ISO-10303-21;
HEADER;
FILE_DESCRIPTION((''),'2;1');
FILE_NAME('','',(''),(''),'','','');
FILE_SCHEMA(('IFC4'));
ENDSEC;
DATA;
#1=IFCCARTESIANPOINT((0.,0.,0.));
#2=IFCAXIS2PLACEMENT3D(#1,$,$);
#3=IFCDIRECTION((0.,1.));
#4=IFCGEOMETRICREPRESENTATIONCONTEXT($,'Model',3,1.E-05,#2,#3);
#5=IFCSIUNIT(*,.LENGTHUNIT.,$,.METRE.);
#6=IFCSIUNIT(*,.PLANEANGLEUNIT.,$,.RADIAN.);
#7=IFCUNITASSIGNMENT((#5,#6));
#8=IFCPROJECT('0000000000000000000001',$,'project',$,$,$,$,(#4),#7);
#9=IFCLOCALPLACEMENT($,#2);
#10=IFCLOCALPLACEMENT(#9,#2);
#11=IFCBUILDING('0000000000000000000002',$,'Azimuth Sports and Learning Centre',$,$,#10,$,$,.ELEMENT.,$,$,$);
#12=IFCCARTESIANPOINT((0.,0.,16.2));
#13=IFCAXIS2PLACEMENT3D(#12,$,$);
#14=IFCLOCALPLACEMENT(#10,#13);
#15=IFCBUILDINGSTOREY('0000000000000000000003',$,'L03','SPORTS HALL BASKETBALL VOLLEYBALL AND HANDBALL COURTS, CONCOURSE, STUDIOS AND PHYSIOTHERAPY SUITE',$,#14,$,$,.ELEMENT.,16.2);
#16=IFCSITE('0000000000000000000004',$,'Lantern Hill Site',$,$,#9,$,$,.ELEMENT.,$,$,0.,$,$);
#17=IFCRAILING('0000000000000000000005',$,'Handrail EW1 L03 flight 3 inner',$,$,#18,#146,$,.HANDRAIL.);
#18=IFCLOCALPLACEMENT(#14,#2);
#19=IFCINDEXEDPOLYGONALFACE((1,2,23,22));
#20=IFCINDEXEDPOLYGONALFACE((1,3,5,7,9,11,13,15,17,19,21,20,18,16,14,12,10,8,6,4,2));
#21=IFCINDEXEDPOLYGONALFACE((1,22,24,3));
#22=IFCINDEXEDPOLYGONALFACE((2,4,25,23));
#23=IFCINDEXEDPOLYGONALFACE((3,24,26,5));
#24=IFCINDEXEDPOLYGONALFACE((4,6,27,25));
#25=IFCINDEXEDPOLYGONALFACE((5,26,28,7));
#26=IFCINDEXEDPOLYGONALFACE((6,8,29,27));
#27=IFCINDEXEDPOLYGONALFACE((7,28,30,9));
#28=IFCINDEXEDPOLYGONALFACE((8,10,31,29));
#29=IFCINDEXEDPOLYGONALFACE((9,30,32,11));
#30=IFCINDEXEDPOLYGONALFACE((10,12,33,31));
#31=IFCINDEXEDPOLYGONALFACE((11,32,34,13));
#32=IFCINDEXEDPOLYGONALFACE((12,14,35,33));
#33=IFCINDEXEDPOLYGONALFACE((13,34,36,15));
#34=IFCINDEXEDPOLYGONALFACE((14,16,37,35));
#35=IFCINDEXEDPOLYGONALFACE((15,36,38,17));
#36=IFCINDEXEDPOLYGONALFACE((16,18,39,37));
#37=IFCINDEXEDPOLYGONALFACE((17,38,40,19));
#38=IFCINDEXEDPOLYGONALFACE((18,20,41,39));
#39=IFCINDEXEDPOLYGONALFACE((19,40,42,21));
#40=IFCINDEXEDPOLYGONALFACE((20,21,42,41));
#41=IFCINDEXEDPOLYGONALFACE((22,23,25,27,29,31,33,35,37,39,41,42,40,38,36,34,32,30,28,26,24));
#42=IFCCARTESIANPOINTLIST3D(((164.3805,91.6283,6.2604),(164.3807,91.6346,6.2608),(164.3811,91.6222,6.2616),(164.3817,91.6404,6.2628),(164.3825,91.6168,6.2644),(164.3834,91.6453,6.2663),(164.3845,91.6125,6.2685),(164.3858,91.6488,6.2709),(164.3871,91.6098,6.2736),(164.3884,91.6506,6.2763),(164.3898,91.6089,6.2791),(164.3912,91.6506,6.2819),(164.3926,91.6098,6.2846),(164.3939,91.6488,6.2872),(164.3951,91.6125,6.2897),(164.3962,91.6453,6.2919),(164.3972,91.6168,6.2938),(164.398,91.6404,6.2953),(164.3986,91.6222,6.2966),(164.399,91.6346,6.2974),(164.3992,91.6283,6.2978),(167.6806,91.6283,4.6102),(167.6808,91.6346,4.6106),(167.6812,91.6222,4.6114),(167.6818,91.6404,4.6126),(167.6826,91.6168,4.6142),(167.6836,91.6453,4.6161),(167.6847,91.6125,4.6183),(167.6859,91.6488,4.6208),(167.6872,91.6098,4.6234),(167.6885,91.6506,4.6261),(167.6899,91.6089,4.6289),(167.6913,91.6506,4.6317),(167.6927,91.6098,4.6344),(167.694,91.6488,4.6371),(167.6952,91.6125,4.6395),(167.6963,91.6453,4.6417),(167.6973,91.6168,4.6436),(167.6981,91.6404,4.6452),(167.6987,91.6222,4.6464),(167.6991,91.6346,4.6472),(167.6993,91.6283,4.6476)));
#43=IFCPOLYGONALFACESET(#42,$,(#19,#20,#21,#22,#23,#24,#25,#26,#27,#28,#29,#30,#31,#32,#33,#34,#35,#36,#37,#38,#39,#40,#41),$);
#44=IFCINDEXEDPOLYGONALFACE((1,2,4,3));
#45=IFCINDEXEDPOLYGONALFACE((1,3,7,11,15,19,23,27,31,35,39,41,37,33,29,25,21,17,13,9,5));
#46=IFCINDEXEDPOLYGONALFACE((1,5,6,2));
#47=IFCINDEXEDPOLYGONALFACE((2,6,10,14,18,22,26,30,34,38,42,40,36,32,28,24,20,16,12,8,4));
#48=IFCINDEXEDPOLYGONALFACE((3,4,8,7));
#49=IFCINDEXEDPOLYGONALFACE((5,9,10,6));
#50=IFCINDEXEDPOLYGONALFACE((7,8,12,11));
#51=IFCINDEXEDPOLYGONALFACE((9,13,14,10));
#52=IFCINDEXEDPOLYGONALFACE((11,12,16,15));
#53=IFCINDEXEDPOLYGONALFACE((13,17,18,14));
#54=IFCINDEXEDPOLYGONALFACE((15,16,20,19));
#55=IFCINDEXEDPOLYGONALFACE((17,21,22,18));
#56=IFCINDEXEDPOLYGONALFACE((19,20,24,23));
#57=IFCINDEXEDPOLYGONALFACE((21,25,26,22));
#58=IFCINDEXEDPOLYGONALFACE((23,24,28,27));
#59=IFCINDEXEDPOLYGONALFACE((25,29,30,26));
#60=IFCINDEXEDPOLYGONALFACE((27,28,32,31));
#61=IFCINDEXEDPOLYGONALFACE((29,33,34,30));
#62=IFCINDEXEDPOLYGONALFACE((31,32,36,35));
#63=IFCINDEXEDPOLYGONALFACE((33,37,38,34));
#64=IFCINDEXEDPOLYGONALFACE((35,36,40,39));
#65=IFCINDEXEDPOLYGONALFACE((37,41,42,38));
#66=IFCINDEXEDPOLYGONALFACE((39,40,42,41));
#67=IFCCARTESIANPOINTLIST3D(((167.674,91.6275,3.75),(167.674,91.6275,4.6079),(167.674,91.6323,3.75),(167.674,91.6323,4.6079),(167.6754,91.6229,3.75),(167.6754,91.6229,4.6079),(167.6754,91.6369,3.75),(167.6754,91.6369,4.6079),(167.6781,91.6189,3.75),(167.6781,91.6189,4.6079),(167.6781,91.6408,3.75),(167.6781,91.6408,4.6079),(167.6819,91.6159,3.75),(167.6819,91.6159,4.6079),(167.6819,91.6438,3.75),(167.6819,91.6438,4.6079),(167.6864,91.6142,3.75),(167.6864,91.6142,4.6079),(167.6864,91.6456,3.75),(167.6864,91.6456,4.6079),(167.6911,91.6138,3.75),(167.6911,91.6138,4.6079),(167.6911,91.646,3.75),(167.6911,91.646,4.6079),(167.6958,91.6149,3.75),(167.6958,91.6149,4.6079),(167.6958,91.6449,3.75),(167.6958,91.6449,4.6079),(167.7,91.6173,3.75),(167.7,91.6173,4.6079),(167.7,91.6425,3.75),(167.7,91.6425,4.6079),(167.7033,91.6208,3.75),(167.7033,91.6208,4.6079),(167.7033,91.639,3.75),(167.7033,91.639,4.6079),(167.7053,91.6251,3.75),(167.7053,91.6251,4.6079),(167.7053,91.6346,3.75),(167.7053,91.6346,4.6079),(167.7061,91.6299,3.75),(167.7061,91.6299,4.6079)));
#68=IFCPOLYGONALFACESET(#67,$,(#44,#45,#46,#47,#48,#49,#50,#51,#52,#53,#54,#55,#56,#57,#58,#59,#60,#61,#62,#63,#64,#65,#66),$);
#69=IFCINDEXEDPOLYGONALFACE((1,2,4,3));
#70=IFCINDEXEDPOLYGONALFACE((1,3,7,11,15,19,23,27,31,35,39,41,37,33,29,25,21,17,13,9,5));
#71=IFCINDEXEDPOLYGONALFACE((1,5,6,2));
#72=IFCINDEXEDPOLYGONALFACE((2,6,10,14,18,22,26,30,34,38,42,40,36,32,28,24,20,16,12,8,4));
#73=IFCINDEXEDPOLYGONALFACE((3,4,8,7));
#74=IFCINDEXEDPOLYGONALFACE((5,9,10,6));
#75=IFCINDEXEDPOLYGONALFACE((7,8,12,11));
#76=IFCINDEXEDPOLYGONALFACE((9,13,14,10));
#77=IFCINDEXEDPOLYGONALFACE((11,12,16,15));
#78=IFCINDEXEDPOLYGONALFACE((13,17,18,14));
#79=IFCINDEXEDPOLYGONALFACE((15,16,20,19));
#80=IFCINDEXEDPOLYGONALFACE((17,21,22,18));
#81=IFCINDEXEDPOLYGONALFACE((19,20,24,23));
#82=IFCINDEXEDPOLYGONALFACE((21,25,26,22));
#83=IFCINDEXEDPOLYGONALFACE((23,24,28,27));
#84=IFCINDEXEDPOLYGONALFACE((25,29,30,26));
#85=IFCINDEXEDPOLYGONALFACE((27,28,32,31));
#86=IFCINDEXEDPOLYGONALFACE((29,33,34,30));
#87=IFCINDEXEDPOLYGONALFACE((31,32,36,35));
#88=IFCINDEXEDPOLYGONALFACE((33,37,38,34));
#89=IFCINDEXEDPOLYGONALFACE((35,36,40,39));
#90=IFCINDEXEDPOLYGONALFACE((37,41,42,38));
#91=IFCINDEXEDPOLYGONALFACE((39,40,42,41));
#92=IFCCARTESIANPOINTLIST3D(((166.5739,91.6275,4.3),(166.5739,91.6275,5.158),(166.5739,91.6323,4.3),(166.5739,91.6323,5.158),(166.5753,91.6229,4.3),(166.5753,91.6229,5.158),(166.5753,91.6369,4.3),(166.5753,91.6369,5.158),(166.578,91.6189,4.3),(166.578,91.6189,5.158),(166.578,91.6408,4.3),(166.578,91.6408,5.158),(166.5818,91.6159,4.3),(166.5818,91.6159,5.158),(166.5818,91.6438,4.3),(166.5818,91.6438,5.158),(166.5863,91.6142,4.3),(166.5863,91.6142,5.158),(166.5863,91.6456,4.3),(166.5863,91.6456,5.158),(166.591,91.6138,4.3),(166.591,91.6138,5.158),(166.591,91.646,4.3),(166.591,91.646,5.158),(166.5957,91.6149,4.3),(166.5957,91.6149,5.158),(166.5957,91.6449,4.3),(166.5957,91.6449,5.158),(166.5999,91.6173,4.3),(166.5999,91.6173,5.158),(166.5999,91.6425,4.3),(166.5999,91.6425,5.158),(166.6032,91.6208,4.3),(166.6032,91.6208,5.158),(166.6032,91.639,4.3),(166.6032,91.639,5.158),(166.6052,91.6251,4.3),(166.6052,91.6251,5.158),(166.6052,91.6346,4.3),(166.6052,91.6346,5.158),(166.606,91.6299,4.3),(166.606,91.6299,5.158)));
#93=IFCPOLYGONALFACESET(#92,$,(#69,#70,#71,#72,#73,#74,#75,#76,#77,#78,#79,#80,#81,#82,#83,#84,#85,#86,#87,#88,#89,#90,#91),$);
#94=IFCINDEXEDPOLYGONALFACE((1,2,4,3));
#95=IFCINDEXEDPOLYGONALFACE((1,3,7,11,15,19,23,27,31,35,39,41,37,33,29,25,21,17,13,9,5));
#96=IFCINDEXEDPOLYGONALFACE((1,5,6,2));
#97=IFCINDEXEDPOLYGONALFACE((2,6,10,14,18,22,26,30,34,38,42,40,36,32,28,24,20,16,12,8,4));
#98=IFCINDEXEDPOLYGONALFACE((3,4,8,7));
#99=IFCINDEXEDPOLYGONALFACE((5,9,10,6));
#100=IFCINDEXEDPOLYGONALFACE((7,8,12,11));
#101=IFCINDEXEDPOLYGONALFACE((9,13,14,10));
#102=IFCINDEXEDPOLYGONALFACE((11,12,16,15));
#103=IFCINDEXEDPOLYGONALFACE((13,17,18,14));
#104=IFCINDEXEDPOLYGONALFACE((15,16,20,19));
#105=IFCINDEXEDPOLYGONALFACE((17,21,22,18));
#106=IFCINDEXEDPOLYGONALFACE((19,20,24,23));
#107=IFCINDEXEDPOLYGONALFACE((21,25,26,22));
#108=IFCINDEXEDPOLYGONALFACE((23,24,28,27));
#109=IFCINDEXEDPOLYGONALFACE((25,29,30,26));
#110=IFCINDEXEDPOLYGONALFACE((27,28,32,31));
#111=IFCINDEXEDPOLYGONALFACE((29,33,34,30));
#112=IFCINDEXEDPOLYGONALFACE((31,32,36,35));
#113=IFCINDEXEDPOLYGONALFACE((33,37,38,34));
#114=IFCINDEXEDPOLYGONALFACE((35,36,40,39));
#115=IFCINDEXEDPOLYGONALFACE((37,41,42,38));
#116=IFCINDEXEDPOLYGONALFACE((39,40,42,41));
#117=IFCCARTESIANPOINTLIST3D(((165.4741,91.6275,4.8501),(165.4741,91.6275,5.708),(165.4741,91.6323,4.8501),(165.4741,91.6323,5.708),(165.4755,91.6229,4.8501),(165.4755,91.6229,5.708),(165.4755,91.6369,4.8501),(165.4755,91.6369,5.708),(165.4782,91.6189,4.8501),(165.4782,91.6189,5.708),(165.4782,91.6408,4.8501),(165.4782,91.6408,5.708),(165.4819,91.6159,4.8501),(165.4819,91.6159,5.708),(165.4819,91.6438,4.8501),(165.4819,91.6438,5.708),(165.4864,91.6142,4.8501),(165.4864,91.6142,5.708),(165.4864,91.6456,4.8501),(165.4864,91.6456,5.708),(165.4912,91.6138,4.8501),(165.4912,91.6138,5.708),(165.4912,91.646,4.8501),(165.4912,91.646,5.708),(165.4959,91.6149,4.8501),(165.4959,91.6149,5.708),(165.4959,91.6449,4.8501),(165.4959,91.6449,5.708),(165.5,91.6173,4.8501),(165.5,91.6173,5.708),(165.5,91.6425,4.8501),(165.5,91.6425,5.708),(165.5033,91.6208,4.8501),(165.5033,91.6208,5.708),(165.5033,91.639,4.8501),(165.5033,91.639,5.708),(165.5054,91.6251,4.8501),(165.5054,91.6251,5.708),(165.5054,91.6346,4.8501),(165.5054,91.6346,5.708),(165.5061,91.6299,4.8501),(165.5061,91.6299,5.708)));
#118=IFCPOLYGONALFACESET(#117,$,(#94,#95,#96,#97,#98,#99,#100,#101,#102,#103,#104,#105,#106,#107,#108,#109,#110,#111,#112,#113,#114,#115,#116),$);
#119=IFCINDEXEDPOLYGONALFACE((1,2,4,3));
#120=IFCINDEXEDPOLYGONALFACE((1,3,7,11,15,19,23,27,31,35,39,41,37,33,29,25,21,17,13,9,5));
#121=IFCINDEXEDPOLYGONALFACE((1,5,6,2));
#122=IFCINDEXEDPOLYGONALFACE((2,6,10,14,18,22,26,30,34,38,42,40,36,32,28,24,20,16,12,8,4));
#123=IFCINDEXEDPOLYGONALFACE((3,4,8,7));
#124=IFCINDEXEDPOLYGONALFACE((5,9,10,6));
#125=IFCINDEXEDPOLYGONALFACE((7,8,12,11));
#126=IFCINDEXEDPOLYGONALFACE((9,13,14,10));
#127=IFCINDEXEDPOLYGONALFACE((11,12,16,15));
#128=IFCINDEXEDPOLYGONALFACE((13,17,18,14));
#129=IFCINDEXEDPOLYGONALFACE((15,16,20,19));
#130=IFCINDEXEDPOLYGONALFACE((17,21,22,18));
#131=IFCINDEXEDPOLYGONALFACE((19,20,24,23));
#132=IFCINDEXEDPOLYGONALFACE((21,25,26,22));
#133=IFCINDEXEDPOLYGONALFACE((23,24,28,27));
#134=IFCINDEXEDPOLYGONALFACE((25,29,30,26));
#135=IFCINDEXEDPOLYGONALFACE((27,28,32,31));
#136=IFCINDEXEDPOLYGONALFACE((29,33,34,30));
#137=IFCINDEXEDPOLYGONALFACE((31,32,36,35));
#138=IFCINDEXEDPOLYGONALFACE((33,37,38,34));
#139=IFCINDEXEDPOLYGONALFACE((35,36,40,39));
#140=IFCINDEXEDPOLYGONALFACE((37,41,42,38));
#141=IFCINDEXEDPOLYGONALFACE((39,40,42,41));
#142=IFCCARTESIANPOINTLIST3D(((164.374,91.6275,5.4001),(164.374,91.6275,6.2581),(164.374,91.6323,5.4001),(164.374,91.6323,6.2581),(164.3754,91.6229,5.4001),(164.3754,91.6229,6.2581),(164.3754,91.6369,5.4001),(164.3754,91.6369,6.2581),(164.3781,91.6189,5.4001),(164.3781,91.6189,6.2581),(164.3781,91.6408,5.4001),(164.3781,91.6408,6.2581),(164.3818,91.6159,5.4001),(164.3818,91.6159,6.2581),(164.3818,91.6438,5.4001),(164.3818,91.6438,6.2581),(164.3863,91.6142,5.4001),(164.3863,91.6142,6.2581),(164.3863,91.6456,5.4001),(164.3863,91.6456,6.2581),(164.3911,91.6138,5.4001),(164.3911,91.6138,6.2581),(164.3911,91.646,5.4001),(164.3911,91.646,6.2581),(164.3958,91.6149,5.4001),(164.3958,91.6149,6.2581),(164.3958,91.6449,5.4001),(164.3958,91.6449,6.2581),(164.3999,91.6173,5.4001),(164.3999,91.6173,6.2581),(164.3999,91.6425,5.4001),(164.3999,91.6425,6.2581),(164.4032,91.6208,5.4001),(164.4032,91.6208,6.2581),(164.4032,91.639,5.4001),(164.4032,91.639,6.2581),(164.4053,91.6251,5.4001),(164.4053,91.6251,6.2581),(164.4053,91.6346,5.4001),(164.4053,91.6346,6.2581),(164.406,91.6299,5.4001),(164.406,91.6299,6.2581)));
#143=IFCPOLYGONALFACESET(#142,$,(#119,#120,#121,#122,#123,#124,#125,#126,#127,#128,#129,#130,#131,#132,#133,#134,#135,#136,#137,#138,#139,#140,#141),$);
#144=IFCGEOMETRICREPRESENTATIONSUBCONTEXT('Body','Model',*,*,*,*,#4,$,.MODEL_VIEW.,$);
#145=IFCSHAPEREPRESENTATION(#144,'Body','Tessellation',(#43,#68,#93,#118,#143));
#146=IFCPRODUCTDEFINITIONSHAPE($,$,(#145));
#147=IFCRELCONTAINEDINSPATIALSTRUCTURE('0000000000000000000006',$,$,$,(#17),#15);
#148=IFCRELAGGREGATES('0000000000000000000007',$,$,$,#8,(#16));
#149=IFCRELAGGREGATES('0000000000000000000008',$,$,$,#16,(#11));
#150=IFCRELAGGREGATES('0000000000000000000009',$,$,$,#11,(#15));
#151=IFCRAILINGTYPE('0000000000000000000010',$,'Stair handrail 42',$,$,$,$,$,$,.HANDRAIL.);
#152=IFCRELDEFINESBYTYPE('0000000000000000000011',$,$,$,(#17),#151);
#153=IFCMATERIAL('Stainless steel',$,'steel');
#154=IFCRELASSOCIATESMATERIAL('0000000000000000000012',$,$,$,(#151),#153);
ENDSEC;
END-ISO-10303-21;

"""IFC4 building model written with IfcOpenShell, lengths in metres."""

from ifc_helpers import new_model, si_unit, direction, frame, origin, origin_2d, place, context, subcontext, project, spatial, circle, extrude, material, type_object, element, save


model = new_model("IFC4")

# Units and contexts
model_context = context("Model", 3, precision=1e-05, world=origin(), true_north=direction((0.0, 1.0)))
body_context = subcontext(model_context, "Body", "Model", "MODEL_VIEW")
ifc_project = project(units=[si_unit("LENGTHUNIT", "METRE"), si_unit("PLANEANGLEUNIT", "RADIAN")], contexts=[model_context])

# Site, building, storey
site_placement = place(None, origin())
site = spatial("IfcSite", under=ifc_project, at=site_placement, Name="Lantern Hill Site", CompositionType="ELEMENT", RefElevation=0.0)
building_placement = place(site_placement, origin())
building = spatial("IfcBuilding", under=site, at=building_placement, Name="Azimuth Sports and Learning Centre", CompositionType="ELEMENT")
storey_placement = place(building_placement, frame((0.0, 0.0, 16.2)))
storey = spatial("IfcBuildingStorey", under=building, at=storey_placement, Name="L03", Description="SPORTS HALL BASKETBALL VOLLEYBALL AND HANDBALL COURTS, CONCOURSE, STUDIOS AND PHYSIOTHERAPY SUITE", CompositionType="ELEMENT", Elevation=16.2)

# Railing
ifc_material_1 = material(Name="Stainless steel", Category="steel")
railing_type = type_object("IfcRailingType", Name="Stair handrail 42", PredefinedType="HANDRAIL", material=ifc_material_1)
for number, where, name in (
    (1, (167.6899, 91.6299, 3.75), "Handrail EW1 L03 flight 3 inner"),
):
    element("IfcRailing", number, at=place(storey_placement, frame(where)), inside=storey, type_object=railing_type, Name=name, PredefinedType="HANDRAIL", context=body_context, shape_type="SweptSolid", body=[
        extrude(circle(Radius=0.021, at=origin_2d()), frame((0.0, 0.0, 0.8789), z_axis=(-0.894414, 0.0, 0.44724), x_axis=(0.0, -1.0, 0.0)), (0.0, 0.0, 1.0), 3.6897),
        extrude(circle(Radius=0.0161, at=origin_2d()), origin(), (0.0, 0.0, 1.0), 0.8579),
        extrude(circle(Radius=0.0161, at=origin_2d()), frame((-1.1001, 0.0, 0.55)), (0.0, 0.0, 1.0), 0.8579),
        extrude(circle(Radius=0.0161, at=origin_2d()), frame((-2.2, 0.0, 1.1001)), (0.0, 0.0, 1.0), 0.8579),
        extrude(circle(Radius=0.0161, at=origin_2d()), frame((-3.3, 0.0, 1.6501)), (0.0, 0.0, 1.0), 0.8579),
    ])

save(model, "model.ifc")
